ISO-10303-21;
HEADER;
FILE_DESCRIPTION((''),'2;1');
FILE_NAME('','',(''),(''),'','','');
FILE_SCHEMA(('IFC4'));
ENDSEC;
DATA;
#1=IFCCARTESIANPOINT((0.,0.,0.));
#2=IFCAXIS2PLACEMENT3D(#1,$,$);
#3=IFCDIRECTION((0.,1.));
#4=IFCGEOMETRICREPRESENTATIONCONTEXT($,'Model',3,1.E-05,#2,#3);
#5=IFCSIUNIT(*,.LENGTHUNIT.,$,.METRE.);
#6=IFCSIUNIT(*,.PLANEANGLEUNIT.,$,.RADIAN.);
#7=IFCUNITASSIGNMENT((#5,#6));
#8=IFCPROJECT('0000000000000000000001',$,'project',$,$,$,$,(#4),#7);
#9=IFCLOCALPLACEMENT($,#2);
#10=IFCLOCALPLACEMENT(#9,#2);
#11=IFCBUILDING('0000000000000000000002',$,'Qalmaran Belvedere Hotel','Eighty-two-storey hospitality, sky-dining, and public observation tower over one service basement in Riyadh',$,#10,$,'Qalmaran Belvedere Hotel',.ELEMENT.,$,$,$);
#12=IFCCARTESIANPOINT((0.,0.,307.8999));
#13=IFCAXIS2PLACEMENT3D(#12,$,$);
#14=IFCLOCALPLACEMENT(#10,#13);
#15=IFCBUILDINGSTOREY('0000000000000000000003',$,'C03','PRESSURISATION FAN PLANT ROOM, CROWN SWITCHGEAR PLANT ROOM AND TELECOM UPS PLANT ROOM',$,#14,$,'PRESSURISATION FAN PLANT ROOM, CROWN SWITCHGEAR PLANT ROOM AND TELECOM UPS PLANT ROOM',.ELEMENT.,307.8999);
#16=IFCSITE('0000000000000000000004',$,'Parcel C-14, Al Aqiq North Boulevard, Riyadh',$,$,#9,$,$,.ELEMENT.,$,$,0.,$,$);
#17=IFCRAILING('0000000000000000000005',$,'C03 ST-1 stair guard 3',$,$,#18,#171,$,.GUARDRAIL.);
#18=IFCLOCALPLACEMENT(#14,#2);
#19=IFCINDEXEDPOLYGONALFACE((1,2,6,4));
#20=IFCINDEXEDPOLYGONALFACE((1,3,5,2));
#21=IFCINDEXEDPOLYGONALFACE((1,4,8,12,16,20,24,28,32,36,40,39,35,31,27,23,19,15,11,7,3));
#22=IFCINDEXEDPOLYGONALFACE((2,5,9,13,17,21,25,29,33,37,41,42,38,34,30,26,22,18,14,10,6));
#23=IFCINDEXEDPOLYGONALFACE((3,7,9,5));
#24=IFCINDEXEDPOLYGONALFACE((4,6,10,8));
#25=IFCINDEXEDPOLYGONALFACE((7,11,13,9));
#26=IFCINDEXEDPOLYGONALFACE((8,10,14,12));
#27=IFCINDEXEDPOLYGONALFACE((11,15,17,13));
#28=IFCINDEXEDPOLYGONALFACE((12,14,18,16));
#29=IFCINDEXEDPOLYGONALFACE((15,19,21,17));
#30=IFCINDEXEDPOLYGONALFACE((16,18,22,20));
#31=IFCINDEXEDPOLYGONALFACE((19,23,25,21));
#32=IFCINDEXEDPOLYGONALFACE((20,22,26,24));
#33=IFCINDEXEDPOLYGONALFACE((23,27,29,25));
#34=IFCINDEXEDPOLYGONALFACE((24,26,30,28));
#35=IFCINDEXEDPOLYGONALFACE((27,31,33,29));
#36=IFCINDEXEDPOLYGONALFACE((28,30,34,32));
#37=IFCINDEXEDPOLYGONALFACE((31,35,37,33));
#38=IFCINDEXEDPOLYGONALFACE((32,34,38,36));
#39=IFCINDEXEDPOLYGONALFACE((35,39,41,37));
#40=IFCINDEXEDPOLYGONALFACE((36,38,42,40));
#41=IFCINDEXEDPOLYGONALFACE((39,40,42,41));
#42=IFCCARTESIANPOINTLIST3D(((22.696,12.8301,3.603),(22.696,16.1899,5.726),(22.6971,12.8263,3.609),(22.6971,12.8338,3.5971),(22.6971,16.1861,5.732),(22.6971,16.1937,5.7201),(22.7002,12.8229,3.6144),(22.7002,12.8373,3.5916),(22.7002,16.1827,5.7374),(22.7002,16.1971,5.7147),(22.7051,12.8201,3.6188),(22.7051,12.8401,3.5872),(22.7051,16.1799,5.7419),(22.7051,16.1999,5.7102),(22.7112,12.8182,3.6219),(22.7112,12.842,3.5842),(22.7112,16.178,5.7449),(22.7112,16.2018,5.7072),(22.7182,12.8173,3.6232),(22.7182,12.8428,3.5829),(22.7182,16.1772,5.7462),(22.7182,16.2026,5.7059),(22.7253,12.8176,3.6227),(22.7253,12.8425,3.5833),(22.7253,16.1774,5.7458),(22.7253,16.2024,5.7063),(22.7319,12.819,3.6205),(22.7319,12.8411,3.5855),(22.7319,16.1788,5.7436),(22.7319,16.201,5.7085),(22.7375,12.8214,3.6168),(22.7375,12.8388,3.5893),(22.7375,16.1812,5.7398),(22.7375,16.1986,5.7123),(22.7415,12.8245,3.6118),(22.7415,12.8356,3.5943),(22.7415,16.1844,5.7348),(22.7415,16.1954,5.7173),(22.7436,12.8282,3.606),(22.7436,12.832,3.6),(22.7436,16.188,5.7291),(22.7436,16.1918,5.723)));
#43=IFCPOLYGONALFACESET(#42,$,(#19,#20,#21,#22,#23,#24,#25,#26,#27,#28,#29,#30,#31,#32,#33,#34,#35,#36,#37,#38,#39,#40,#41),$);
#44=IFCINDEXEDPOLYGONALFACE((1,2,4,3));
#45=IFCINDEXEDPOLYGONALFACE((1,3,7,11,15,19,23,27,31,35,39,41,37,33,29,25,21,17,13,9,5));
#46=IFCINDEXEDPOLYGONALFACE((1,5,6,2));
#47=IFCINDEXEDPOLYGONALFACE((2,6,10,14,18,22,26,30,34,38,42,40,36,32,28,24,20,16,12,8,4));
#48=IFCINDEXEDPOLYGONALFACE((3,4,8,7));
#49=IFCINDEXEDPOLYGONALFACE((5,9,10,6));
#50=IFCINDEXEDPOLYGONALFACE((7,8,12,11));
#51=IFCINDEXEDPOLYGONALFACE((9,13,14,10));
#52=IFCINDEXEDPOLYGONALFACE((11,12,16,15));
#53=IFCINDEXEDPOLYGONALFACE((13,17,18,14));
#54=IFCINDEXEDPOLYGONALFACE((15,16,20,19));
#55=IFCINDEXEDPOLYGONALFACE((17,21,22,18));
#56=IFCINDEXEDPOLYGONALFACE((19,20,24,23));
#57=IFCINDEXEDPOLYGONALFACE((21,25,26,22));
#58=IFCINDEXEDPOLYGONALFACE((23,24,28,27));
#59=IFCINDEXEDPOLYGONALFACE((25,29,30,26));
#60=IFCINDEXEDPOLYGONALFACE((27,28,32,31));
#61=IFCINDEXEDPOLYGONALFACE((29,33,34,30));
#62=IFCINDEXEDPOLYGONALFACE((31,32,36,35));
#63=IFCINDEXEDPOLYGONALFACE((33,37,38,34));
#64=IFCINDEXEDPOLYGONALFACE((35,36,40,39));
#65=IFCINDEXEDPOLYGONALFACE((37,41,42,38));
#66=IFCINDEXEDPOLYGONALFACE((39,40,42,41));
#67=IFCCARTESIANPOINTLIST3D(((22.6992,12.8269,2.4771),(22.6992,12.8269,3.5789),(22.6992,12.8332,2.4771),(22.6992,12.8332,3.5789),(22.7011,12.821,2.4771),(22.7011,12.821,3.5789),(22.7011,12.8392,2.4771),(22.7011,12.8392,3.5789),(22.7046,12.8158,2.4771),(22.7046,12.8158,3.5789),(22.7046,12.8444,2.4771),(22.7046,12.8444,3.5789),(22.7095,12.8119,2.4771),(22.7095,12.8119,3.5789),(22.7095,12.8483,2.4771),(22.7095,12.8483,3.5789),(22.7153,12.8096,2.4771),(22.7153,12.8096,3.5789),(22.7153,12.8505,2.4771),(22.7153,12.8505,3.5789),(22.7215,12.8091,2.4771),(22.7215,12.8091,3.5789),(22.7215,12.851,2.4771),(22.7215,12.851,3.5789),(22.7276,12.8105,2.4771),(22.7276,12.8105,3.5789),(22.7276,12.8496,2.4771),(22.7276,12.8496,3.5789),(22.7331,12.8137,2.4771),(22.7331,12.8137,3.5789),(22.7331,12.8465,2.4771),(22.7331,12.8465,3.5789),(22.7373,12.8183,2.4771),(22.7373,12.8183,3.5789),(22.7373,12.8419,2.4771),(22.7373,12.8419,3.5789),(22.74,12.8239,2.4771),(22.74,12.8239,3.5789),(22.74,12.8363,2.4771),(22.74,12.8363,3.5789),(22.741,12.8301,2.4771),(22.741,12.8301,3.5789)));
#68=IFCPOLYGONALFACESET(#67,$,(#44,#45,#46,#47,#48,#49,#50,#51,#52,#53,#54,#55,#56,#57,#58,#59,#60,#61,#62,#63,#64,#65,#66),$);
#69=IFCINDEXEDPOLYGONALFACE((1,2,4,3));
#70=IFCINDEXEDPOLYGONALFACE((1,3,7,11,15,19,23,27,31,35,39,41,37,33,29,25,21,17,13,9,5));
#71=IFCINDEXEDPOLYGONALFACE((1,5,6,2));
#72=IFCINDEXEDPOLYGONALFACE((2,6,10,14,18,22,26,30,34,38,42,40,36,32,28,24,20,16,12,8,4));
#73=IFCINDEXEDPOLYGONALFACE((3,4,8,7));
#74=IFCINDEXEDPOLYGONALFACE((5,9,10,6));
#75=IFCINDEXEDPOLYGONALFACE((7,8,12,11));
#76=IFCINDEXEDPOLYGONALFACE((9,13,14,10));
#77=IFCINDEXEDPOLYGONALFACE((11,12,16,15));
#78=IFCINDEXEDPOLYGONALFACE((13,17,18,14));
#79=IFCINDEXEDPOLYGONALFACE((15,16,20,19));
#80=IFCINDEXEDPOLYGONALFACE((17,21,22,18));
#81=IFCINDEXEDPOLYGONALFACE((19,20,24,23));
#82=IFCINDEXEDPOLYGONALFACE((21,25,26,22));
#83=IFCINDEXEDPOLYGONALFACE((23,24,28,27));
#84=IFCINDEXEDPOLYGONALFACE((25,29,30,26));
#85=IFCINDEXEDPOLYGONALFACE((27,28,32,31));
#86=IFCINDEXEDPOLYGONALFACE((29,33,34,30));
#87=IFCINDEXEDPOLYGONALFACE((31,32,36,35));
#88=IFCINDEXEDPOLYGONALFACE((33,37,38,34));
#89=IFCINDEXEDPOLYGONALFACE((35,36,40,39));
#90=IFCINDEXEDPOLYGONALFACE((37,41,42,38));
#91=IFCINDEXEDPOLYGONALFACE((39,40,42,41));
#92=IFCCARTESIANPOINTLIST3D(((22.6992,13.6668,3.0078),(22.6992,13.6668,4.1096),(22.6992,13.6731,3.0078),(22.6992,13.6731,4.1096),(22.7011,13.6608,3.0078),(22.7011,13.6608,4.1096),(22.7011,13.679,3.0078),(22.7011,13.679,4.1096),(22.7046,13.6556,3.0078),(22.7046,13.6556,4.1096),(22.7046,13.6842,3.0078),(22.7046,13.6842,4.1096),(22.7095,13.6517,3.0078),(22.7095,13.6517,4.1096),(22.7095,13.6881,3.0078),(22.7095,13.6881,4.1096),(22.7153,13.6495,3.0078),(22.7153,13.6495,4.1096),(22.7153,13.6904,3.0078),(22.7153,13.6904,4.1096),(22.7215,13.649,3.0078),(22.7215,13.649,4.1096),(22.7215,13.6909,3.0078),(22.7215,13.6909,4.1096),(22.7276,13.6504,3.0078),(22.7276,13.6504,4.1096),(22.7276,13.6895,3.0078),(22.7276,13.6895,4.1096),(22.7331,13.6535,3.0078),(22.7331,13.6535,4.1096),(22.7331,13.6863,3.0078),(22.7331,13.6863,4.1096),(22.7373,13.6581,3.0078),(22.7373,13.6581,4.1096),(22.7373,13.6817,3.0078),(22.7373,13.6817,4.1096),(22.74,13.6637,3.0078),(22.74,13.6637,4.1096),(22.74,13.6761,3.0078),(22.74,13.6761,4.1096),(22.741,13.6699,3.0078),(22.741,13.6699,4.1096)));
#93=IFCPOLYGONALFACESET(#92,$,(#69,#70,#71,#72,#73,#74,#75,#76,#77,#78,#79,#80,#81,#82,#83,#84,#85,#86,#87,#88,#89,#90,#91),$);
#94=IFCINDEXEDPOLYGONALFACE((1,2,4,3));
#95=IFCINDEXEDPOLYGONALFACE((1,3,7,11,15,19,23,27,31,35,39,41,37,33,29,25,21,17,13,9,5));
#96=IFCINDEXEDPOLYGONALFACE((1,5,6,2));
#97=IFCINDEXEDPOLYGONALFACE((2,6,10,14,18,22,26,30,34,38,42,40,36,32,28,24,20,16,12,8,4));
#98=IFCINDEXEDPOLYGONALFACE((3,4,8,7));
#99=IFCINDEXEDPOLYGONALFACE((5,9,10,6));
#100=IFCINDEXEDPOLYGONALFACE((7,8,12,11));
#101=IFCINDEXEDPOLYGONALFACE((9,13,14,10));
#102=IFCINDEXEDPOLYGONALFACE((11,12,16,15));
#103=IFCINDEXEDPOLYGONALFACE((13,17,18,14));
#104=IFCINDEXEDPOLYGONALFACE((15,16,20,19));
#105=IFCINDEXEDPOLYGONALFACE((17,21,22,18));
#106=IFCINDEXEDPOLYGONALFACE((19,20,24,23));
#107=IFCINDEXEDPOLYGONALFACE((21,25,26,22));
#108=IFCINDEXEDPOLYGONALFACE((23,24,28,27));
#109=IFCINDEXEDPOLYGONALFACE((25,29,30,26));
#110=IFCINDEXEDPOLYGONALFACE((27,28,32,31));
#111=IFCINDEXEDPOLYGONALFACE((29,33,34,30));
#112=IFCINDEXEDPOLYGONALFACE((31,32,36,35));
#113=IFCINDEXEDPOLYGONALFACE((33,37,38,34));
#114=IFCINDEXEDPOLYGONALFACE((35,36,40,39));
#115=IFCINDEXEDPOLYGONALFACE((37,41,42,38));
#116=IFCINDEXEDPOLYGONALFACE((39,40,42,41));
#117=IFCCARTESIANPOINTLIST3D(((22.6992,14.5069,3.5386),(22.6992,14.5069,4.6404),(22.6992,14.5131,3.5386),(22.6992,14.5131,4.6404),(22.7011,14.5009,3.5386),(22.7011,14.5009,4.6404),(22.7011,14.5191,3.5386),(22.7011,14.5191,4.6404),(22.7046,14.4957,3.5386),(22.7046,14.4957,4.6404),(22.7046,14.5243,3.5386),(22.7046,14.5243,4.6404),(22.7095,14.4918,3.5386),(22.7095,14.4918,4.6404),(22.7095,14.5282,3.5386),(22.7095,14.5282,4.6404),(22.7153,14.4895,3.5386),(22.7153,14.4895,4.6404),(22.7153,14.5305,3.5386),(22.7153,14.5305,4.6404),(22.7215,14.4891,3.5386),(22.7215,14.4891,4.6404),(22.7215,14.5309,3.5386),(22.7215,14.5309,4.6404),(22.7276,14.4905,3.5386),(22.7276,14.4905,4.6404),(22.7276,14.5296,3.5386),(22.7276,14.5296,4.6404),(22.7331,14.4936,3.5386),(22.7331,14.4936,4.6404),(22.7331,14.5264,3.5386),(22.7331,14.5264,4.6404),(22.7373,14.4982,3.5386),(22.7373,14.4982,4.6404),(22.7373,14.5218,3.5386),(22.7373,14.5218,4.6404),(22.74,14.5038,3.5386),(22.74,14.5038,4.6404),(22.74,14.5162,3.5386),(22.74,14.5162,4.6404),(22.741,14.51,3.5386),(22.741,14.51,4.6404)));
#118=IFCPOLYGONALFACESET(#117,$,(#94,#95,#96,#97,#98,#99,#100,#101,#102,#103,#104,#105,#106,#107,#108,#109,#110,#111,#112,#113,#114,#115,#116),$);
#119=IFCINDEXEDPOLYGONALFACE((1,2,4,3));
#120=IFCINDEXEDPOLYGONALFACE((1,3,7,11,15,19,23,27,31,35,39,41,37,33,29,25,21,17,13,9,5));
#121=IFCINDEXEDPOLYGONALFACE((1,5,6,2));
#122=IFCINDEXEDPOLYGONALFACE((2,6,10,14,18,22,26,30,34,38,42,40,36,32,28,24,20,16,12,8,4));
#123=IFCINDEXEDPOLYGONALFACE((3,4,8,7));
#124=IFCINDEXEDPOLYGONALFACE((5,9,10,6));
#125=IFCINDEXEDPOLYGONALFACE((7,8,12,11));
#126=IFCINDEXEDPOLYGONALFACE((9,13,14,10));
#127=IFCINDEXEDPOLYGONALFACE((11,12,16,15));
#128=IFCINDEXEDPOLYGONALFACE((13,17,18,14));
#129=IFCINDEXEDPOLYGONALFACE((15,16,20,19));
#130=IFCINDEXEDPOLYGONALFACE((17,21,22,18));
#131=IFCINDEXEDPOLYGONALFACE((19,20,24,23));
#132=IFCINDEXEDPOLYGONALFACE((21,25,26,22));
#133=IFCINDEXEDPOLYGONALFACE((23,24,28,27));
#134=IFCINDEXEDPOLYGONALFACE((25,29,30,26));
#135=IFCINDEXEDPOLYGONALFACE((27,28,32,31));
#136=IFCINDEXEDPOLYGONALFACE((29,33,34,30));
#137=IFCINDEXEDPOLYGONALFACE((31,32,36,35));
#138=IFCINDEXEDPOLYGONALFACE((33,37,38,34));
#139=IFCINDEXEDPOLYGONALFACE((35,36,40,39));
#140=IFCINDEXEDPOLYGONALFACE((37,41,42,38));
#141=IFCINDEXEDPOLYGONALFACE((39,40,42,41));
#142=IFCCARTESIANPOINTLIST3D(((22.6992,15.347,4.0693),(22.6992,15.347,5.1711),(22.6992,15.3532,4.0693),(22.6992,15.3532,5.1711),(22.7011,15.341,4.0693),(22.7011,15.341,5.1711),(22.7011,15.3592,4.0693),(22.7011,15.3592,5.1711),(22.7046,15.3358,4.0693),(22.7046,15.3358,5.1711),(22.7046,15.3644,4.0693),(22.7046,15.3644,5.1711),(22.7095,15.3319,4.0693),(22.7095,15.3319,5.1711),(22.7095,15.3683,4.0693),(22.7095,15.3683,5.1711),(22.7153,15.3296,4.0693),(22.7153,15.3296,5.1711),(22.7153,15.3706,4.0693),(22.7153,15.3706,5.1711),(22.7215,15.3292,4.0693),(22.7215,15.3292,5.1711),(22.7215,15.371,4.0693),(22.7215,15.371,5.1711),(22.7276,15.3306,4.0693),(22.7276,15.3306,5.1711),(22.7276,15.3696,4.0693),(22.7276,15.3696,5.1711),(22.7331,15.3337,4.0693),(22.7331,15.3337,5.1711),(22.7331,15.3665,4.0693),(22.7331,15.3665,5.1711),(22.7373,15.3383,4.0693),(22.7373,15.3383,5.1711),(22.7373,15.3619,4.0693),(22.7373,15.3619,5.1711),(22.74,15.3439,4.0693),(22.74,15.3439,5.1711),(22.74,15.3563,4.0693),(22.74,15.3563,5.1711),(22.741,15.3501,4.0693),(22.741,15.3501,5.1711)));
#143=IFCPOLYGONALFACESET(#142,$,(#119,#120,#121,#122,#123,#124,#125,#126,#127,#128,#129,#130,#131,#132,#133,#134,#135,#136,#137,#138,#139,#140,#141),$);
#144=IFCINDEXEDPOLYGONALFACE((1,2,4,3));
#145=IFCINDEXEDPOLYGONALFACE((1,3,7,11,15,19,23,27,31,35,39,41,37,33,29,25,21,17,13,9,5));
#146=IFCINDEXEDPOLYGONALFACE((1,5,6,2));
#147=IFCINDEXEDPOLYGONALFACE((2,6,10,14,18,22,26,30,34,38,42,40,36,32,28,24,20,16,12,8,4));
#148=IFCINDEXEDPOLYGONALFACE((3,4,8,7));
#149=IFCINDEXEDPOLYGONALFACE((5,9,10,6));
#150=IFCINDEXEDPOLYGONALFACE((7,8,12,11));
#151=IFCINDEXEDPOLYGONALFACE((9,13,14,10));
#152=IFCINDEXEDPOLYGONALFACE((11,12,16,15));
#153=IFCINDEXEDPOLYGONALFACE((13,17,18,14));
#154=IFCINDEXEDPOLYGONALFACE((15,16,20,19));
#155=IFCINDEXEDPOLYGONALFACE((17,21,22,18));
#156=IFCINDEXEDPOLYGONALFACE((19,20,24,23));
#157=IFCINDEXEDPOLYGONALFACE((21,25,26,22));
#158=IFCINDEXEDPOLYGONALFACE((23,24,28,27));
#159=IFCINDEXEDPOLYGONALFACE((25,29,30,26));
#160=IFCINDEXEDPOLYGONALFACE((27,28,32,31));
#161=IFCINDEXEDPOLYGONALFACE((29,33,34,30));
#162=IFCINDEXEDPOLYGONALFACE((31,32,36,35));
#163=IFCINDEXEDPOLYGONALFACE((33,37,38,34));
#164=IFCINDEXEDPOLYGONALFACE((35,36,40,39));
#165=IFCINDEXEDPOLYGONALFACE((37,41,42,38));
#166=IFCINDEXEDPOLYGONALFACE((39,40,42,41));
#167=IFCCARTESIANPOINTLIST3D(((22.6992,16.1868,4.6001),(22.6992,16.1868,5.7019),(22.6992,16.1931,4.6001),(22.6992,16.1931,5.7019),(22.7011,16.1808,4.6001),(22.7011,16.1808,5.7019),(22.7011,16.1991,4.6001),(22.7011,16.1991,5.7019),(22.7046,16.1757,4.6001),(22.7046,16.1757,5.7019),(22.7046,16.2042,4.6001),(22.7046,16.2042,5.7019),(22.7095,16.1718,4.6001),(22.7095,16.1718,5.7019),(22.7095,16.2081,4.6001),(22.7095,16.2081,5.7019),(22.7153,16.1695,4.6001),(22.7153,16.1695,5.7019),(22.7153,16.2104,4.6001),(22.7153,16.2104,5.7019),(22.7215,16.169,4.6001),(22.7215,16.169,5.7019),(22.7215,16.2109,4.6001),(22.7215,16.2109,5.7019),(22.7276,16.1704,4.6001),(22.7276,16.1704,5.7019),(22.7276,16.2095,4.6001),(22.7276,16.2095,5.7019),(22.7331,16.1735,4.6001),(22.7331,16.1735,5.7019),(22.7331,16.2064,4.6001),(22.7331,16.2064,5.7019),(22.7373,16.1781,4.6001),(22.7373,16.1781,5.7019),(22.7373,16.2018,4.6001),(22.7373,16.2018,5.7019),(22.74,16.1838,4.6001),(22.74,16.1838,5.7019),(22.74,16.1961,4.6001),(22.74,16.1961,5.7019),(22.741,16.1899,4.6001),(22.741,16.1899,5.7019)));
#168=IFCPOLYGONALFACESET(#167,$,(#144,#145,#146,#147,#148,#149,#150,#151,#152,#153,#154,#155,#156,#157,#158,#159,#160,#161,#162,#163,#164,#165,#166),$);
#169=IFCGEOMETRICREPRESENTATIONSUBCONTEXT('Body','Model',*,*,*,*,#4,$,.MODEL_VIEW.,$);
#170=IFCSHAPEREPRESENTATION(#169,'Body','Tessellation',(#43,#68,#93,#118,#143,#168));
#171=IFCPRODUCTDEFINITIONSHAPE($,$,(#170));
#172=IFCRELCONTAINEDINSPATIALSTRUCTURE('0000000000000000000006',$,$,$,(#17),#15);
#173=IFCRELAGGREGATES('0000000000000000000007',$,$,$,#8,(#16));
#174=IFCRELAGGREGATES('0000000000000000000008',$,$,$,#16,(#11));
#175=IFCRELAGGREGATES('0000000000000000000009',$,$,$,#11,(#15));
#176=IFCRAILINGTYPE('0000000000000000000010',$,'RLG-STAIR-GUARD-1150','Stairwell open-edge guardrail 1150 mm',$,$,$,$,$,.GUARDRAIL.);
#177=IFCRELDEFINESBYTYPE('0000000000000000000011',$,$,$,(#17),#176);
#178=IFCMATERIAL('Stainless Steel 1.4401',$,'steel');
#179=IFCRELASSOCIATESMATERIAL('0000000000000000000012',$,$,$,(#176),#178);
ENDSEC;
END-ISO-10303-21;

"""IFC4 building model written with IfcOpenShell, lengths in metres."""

from ifc_helpers import new_model, si_unit, direction, frame, origin, origin_2d, place, context, subcontext, project, spatial, circle, extrude, material, type_object, element, save


model = new_model("IFC4")

# Units and contexts
model_context = context("Model", 3, precision=1e-05, world=origin(), true_north=direction((0.0, 1.0)))
body_context = subcontext(model_context, "Body", "Model", "MODEL_VIEW")
ifc_project = project(units=[si_unit("LENGTHUNIT", "METRE"), si_unit("PLANEANGLEUNIT", "RADIAN")], contexts=[model_context])

# Site, building, storey
site_placement = place(None, origin())
site = spatial("IfcSite", under=ifc_project, at=site_placement, Name="Parcel C-14, Al Aqiq North Boulevard, Riyadh", CompositionType="ELEMENT", RefElevation=0.0)
building_placement = place(site_placement, origin())
building = spatial("IfcBuilding", under=site, at=building_placement, Name="Qalmaran Belvedere Hotel", Description="Eighty-two-storey hospitality, sky-dining, and public observation tower over one service basement in Riyadh", LongName="Qalmaran Belvedere Hotel", CompositionType="ELEMENT")
storey_placement = place(building_placement, frame((0.0, 0.0, 307.8999)))
storey = spatial("IfcBuildingStorey", under=building, at=storey_placement, Name="C03", Description="PRESSURISATION FAN PLANT ROOM, CROWN SWITCHGEAR PLANT ROOM AND TELECOM UPS PLANT ROOM", LongName="PRESSURISATION FAN PLANT ROOM, CROWN SWITCHGEAR PLANT ROOM AND TELECOM UPS PLANT ROOM", CompositionType="ELEMENT", Elevation=307.8999)

# Railing
ifc_material_1 = material(Name="Stainless Steel 1.4401", Category="steel")
railing_type_1 = type_object("IfcRailingType", Name="RLG-STAIR-GUARD-1150", Description="Stairwell open-edge guardrail 1150 mm", PredefinedType="GUARDRAIL", material=ifc_material_1)
railing_1_placement = place(storey_placement, frame((22.72, 12.8301, 2.4771)))
element("IfcRailing", 1, at=railing_1_placement, inside=storey, type_object=railing_type_1, Name="C03 ST-1 stair guard 3", PredefinedType="GUARDRAIL", context=body_context, shape_type="SweptSolid", body=[
    extrude(circle(Radius=0.0239, at=origin_2d()), frame((0.0, 0.0, 1.126), z_axis=(0.0, 0.845372, 0.534178), x_axis=(-1.0, 0.0, 0.0)), (0.0, 0.0, 1.0), 3.9744),
    extrude(circle(Radius=0.021, at=origin_2d()), origin(), (0.0, 0.0, 1.0), 1.1018),
    extrude(circle(Radius=0.021, at=origin_2d()), frame((0.0, 0.8398, 0.5308)), (0.0, 0.0, 1.0), 1.1018),
    extrude(circle(Radius=0.021, at=origin_2d()), frame((0.0, 1.6799, 1.0615)), (0.0, 0.0, 1.0), 1.1018),
    extrude(circle(Radius=0.021, at=origin_2d()), frame((0.0, 2.52, 1.5923)), (0.0, 0.0, 1.0), 1.1018),
    extrude(circle(Radius=0.021, at=origin_2d()), frame((0.0, 3.3599, 2.123)), (0.0, 0.0, 1.0), 1.1018),
])

save(model, "model.ifc")
